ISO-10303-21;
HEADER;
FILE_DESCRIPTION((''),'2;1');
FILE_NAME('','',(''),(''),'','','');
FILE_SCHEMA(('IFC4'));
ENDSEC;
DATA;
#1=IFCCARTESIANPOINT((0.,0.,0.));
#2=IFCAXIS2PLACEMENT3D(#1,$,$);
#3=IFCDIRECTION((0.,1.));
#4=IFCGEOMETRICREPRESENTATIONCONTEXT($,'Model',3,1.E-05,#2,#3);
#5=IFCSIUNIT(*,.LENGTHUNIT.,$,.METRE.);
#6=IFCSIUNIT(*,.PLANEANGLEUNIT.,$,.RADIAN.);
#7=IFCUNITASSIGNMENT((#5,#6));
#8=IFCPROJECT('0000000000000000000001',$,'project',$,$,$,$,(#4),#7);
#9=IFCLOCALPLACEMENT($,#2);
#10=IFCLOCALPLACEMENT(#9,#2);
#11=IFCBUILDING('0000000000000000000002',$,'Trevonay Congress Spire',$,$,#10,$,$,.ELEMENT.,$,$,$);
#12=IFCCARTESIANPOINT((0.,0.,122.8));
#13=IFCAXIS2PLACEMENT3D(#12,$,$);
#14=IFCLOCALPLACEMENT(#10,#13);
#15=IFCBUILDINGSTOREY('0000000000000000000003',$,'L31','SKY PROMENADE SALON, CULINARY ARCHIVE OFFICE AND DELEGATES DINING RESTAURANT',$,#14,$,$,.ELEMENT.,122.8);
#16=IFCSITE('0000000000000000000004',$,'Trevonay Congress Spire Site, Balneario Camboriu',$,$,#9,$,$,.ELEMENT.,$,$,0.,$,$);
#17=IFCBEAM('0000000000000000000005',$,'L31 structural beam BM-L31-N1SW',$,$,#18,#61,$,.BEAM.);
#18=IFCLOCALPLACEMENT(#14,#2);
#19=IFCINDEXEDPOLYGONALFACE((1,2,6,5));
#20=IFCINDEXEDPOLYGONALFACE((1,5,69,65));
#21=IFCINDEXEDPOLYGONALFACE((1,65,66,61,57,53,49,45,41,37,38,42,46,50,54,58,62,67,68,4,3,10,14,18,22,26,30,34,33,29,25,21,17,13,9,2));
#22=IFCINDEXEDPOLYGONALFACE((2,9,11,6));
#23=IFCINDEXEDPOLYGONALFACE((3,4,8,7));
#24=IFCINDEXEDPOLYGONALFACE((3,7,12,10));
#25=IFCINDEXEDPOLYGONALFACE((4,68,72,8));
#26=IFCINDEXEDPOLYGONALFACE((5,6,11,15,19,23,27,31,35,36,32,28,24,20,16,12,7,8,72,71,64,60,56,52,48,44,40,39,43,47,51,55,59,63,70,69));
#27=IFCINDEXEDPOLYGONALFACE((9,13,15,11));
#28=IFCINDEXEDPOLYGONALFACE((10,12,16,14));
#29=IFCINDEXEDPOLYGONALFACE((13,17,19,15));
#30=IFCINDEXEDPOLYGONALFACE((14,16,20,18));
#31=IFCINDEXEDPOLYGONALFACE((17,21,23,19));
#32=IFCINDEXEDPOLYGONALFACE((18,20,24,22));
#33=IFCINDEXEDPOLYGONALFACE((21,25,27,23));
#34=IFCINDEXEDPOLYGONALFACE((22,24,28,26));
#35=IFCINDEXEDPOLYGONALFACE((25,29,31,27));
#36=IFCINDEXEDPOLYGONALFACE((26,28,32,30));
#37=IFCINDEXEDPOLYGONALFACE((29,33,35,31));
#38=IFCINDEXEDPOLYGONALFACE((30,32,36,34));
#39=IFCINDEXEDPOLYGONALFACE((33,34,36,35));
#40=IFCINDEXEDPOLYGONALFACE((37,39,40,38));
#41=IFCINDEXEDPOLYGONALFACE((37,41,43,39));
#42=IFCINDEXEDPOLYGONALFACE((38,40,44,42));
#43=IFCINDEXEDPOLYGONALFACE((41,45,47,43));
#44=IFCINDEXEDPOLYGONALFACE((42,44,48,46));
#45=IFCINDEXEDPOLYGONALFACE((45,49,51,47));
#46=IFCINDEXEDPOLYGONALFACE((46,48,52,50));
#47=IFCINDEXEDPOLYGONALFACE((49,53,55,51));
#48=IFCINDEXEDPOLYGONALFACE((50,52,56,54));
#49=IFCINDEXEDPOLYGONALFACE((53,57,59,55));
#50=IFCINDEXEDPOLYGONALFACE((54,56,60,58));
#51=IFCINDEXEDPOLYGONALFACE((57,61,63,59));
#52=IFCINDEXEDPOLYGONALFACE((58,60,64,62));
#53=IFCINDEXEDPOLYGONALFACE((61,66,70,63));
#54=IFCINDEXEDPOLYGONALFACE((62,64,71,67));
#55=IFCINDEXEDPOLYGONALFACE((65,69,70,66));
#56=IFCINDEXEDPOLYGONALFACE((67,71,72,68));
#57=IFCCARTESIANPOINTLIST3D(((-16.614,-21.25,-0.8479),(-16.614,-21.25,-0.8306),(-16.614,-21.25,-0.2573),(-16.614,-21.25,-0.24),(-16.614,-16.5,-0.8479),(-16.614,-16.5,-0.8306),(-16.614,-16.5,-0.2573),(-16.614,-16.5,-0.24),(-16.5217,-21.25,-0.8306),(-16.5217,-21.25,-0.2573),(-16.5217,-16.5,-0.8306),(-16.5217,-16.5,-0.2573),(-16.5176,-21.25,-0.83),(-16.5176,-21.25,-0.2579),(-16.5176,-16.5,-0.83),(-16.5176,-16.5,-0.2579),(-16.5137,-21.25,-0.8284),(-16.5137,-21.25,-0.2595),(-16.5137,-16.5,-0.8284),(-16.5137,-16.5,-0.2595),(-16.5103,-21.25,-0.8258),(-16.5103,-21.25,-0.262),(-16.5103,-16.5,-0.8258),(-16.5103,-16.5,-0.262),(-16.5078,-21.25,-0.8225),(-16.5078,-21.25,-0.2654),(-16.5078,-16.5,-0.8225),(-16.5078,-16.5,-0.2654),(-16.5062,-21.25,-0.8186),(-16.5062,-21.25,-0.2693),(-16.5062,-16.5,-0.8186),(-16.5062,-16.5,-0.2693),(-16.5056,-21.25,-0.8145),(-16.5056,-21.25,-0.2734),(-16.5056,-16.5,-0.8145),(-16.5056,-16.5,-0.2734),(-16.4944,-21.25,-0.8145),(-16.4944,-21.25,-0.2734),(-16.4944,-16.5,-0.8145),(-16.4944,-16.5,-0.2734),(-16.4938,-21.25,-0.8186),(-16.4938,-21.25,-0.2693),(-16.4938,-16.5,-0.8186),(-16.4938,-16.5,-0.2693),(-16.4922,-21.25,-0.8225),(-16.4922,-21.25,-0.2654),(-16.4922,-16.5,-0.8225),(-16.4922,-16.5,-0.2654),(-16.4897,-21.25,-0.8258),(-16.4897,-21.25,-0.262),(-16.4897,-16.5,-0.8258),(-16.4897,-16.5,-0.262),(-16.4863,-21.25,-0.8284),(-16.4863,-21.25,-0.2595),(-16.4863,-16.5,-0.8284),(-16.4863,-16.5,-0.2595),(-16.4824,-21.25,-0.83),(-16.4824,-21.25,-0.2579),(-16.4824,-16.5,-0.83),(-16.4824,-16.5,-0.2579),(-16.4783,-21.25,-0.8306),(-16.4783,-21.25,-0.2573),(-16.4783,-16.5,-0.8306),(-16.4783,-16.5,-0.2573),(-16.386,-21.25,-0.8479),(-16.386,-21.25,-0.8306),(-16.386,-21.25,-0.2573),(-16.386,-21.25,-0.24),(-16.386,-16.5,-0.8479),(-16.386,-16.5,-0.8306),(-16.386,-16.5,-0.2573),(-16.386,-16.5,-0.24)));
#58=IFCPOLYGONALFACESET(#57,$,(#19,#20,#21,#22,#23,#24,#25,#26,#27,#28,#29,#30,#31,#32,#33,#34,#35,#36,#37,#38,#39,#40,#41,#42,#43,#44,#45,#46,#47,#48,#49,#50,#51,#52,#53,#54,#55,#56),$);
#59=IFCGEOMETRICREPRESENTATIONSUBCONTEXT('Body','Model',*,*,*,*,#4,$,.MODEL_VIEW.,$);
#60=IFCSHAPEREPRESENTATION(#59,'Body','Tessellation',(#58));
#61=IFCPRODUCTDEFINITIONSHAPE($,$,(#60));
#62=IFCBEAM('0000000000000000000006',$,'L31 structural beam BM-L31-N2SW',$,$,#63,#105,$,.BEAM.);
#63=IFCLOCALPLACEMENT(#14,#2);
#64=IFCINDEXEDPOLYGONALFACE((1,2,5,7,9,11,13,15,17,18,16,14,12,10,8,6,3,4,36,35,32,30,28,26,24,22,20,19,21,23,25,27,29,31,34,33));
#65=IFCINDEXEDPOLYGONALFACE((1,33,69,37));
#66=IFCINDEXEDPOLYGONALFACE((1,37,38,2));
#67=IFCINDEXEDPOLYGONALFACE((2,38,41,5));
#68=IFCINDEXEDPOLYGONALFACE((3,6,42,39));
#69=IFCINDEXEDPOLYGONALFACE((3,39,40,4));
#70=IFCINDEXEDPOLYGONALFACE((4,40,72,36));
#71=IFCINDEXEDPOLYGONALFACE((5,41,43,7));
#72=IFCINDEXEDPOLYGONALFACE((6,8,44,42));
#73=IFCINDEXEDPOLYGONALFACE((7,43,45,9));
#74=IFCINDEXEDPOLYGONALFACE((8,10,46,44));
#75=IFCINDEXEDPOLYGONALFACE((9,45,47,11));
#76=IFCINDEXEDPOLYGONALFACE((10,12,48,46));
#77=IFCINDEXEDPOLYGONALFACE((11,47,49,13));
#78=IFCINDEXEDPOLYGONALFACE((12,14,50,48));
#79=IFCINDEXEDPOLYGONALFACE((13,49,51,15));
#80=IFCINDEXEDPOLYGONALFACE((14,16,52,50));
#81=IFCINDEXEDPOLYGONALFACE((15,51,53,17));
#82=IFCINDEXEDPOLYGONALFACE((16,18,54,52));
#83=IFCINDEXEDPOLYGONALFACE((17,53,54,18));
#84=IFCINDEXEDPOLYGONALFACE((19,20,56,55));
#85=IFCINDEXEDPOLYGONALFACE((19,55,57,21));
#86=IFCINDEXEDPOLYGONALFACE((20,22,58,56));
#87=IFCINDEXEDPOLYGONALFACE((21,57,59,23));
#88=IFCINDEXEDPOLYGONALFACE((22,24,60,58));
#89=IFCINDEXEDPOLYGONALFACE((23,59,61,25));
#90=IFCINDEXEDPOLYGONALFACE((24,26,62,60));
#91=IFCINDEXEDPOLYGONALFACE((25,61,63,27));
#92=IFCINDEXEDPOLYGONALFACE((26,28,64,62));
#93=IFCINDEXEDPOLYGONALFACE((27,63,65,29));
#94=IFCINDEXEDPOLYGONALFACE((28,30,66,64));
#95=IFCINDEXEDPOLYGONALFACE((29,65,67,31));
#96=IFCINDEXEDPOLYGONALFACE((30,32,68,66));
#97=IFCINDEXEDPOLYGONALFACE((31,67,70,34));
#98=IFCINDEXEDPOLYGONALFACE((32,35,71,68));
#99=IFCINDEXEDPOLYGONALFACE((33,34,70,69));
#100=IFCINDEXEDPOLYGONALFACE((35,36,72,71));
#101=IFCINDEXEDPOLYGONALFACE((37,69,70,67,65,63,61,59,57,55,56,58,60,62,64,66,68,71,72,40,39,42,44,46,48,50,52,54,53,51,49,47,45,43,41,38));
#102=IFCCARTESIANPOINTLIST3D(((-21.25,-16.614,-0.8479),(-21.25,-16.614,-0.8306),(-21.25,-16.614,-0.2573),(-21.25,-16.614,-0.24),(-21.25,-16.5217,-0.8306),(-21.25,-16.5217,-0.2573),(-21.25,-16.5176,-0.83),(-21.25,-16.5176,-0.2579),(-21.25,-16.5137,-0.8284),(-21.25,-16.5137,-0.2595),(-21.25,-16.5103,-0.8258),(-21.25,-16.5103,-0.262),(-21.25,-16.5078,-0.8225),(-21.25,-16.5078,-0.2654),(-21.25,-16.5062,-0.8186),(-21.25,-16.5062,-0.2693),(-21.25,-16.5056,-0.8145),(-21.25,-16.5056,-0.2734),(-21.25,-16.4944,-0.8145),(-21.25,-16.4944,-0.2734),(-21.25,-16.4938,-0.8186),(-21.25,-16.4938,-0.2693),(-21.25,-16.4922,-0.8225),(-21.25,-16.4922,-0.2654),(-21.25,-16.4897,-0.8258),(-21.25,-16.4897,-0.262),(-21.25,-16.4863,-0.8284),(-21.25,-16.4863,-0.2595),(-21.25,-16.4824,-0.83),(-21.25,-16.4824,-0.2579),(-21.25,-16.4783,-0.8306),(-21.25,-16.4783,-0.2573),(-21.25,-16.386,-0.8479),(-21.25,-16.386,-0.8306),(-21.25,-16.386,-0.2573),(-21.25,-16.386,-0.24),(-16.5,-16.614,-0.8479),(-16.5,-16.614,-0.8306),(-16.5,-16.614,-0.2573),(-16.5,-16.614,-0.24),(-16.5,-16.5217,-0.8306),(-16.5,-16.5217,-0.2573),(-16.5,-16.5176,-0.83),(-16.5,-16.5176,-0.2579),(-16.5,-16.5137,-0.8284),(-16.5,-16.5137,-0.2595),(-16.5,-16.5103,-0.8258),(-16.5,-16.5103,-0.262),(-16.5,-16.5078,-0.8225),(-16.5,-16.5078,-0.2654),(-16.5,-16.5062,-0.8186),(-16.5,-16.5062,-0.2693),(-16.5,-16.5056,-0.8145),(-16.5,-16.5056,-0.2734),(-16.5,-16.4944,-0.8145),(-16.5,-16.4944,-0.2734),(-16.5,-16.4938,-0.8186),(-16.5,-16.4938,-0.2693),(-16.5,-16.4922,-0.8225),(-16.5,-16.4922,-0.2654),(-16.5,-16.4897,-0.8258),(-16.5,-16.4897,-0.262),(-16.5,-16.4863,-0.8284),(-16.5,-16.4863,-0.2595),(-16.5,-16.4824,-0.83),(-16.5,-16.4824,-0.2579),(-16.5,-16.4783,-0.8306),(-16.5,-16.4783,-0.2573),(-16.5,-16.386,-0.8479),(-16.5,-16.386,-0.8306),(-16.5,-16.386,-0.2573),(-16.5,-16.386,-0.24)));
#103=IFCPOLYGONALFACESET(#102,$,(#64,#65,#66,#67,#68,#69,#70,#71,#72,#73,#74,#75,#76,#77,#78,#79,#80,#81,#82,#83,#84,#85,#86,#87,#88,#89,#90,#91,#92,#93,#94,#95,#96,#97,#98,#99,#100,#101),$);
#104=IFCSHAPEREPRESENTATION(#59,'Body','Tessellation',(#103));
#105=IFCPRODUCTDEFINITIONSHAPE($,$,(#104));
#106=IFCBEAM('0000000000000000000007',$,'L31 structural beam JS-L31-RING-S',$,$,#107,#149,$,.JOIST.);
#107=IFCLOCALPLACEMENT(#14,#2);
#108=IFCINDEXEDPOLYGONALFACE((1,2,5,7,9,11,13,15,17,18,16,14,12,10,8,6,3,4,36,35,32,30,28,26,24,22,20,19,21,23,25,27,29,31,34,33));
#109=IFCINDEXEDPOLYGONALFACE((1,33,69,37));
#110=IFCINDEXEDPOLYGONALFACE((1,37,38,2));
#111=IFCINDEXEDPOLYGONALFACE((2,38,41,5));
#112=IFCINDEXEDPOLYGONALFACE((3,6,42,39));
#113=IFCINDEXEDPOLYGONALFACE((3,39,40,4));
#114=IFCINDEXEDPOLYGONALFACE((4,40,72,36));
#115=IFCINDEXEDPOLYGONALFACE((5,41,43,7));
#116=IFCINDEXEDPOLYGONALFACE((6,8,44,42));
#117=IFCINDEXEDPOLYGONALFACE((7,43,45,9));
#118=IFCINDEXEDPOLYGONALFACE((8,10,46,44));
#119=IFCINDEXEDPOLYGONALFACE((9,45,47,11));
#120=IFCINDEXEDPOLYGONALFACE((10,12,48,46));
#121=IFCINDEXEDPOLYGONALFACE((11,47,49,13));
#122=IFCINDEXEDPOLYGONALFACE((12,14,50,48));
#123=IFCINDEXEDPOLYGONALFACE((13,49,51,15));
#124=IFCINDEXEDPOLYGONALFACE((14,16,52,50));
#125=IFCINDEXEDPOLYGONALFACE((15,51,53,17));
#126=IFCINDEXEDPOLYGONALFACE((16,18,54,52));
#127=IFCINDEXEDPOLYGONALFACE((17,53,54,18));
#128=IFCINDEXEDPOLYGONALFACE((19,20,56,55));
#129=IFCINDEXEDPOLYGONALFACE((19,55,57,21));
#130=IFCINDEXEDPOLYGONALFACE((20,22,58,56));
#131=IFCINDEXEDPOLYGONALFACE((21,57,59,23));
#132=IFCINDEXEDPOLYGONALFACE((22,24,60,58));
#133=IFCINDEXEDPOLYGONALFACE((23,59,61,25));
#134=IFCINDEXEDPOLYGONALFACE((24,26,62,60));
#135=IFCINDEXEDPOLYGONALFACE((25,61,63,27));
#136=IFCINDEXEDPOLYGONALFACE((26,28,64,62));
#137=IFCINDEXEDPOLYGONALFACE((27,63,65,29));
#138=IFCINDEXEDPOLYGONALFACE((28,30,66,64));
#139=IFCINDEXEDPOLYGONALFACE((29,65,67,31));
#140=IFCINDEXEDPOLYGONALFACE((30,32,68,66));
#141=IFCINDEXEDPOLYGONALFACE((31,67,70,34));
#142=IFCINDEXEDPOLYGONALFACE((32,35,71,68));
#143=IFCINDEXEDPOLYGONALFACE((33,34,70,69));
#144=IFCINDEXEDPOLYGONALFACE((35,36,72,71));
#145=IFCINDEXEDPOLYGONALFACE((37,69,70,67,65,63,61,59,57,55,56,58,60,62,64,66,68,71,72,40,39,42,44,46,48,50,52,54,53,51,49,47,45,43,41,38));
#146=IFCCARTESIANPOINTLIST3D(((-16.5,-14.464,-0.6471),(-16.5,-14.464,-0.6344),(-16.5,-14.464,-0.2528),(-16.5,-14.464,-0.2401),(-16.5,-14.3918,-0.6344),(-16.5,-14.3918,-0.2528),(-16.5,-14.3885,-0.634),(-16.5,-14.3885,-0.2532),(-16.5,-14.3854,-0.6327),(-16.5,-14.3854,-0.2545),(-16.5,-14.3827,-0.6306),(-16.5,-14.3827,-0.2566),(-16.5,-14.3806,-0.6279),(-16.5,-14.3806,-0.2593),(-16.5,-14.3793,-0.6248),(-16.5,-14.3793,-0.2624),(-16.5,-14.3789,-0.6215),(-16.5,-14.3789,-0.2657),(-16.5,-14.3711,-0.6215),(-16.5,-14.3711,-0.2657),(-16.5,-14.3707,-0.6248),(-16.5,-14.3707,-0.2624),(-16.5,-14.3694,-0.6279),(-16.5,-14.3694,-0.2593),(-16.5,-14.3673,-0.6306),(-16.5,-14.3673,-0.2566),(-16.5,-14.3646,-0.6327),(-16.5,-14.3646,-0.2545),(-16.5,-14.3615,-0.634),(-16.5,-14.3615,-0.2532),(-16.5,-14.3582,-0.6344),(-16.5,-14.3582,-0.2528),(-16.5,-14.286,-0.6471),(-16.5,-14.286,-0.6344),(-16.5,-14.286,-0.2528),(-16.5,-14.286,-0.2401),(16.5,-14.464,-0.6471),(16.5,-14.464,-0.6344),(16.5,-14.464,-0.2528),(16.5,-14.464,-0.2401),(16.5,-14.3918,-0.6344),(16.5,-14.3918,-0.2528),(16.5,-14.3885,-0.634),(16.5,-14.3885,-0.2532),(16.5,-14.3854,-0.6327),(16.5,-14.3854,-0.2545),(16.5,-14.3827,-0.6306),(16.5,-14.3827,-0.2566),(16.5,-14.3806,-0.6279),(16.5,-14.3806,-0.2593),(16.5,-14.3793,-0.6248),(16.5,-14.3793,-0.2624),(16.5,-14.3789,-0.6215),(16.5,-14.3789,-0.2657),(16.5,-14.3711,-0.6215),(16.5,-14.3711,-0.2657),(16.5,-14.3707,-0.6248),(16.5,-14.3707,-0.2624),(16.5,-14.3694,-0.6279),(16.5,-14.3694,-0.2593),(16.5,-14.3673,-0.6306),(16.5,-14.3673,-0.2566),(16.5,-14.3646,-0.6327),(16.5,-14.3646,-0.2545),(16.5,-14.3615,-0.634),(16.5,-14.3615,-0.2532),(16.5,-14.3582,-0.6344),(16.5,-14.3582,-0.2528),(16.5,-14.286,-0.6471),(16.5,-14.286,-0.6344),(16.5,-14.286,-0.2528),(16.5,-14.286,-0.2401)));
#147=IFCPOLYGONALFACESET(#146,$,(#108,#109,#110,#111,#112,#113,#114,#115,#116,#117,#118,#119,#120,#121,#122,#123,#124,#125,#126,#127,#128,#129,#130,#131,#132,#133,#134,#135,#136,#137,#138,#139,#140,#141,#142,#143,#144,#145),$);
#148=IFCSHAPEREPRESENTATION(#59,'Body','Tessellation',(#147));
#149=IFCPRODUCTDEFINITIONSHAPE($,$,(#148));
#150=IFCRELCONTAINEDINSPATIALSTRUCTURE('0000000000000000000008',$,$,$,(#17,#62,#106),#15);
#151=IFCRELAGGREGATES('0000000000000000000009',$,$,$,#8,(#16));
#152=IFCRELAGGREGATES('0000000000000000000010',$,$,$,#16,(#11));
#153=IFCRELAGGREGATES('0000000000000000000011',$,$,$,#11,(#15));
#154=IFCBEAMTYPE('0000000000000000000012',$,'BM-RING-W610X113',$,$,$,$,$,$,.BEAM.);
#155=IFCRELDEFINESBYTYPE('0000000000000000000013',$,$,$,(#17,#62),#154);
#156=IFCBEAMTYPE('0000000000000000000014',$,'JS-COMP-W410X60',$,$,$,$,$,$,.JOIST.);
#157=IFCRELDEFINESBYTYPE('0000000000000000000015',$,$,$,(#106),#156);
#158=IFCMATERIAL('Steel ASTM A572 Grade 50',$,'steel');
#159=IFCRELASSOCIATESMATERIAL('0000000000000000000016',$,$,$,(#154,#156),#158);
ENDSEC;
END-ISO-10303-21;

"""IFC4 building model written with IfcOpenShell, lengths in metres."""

from ifc_helpers import new_model, si_unit, direction, frame, origin, origin_2d, place, context, subcontext, project, spatial, i_section, extrude, material, material_profile, profile_set, type_object, element, save


model = new_model("IFC4")

# Units and contexts
model_context = context("Model", 3, precision=1e-05, world=origin(), true_north=direction((0.0, 1.0)))
body_context = subcontext(model_context, "Body", "Model", "MODEL_VIEW")
ifc_project = project(units=[si_unit("LENGTHUNIT", "METRE"), si_unit("PLANEANGLEUNIT", "RADIAN")], contexts=[model_context])

# Site, building, storey
site_placement = place(None, origin())
site = spatial("IfcSite", under=ifc_project, at=site_placement, Name="Trevonay Congress Spire Site, Balneario Camboriu", CompositionType="ELEMENT", RefElevation=0.0)
building_placement = place(site_placement, origin())
building = spatial("IfcBuilding", under=site, at=building_placement, Name="Trevonay Congress Spire", CompositionType="ELEMENT")
storey_placement = place(building_placement, frame((0.0, 0.0, 122.8)))
storey = spatial("IfcBuildingStorey", under=building, at=storey_placement, Name="L31", Description="SKY PROMENADE SALON, CULINARY ARCHIVE OFFICE AND DELEGATES DINING RESTAURANT", CompositionType="ELEMENT", Elevation=122.8)

# Shared definitions
ifc_material_1 = material(Name="Steel ASTM A572 Grade 50", Category="steel")

# Beams
ifc_material_profile_1 = material_profile(ifc_material_1, i_section(OverallWidth=0.228, OverallDepth=0.6079, WebThickness=0.0112, FlangeThickness=0.0173, FilletRadius=0.0161, at=origin_2d()), Name="W610x113")
ifc_profile_set_1 = profile_set([ifc_material_profile_1], Name="Steel ASTM A572 Grade 50")
beam_type_1 = type_object("IfcBeamType", Name="BM-RING-W610X113", PredefinedType="BEAM", material=ifc_profile_set_1)
for number, where, z_axis, x_axis, name in (
    (1, (-16.5, -21.25, -0.5439), (0.0, 1.0, 0.0), (-1.0, 0.0, 0.0), "L31 structural beam BM-L31-N1SW"),
    (2, (-21.25, -16.5, -0.5439), (1.0, 0.0, 0.0), (0.0, 1.0, 0.0), "L31 structural beam BM-L31-N2SW"),
):
    element("IfcBeam", number, at=place(storey_placement, frame(where, z_axis=z_axis, x_axis=x_axis)), inside=storey, type_object=beam_type_1, Name=name, PredefinedType="BEAM", context=body_context, shape_type="SweptSolid", body=[
        extrude(i_section(OverallWidth=0.228, OverallDepth=0.6079, WebThickness=0.0112, FlangeThickness=0.0173, FilletRadius=0.0161, at=origin_2d()), origin(), (0.0, 0.0, 1.0), 4.75),
    ])
ifc_material_profile_2 = material_profile(ifc_material_1, i_section(OverallWidth=0.178, OverallDepth=0.407, WebThickness=0.0078, FlangeThickness=0.0127, FilletRadius=0.0129, at=origin_2d()), Name="W410x60")
ifc_profile_set_2 = profile_set([ifc_material_profile_2], Name="Steel ASTM A572 Grade 50")
beam_type_2 = type_object("IfcBeamType", Name="JS-COMP-W410X60", PredefinedType="JOIST", material=ifc_profile_set_2)
beam_placement = place(storey_placement, frame((-16.5, -14.375, -0.4436), z_axis=(1.0, 0.0, 0.0), x_axis=(0.0, 1.0, 0.0)))
element("IfcBeam", 3, at=beam_placement, inside=storey, type_object=beam_type_2, Name="L31 structural beam JS-L31-RING-S", PredefinedType="JOIST", context=body_context, shape_type="SweptSolid", body=[
    extrude(i_section(OverallWidth=0.178, OverallDepth=0.407, WebThickness=0.0078, FlangeThickness=0.0127, FilletRadius=0.0129, at=origin_2d()), origin(), (0.0, 0.0, 1.0), 33.0),
])

save(model, "model.ifc")
